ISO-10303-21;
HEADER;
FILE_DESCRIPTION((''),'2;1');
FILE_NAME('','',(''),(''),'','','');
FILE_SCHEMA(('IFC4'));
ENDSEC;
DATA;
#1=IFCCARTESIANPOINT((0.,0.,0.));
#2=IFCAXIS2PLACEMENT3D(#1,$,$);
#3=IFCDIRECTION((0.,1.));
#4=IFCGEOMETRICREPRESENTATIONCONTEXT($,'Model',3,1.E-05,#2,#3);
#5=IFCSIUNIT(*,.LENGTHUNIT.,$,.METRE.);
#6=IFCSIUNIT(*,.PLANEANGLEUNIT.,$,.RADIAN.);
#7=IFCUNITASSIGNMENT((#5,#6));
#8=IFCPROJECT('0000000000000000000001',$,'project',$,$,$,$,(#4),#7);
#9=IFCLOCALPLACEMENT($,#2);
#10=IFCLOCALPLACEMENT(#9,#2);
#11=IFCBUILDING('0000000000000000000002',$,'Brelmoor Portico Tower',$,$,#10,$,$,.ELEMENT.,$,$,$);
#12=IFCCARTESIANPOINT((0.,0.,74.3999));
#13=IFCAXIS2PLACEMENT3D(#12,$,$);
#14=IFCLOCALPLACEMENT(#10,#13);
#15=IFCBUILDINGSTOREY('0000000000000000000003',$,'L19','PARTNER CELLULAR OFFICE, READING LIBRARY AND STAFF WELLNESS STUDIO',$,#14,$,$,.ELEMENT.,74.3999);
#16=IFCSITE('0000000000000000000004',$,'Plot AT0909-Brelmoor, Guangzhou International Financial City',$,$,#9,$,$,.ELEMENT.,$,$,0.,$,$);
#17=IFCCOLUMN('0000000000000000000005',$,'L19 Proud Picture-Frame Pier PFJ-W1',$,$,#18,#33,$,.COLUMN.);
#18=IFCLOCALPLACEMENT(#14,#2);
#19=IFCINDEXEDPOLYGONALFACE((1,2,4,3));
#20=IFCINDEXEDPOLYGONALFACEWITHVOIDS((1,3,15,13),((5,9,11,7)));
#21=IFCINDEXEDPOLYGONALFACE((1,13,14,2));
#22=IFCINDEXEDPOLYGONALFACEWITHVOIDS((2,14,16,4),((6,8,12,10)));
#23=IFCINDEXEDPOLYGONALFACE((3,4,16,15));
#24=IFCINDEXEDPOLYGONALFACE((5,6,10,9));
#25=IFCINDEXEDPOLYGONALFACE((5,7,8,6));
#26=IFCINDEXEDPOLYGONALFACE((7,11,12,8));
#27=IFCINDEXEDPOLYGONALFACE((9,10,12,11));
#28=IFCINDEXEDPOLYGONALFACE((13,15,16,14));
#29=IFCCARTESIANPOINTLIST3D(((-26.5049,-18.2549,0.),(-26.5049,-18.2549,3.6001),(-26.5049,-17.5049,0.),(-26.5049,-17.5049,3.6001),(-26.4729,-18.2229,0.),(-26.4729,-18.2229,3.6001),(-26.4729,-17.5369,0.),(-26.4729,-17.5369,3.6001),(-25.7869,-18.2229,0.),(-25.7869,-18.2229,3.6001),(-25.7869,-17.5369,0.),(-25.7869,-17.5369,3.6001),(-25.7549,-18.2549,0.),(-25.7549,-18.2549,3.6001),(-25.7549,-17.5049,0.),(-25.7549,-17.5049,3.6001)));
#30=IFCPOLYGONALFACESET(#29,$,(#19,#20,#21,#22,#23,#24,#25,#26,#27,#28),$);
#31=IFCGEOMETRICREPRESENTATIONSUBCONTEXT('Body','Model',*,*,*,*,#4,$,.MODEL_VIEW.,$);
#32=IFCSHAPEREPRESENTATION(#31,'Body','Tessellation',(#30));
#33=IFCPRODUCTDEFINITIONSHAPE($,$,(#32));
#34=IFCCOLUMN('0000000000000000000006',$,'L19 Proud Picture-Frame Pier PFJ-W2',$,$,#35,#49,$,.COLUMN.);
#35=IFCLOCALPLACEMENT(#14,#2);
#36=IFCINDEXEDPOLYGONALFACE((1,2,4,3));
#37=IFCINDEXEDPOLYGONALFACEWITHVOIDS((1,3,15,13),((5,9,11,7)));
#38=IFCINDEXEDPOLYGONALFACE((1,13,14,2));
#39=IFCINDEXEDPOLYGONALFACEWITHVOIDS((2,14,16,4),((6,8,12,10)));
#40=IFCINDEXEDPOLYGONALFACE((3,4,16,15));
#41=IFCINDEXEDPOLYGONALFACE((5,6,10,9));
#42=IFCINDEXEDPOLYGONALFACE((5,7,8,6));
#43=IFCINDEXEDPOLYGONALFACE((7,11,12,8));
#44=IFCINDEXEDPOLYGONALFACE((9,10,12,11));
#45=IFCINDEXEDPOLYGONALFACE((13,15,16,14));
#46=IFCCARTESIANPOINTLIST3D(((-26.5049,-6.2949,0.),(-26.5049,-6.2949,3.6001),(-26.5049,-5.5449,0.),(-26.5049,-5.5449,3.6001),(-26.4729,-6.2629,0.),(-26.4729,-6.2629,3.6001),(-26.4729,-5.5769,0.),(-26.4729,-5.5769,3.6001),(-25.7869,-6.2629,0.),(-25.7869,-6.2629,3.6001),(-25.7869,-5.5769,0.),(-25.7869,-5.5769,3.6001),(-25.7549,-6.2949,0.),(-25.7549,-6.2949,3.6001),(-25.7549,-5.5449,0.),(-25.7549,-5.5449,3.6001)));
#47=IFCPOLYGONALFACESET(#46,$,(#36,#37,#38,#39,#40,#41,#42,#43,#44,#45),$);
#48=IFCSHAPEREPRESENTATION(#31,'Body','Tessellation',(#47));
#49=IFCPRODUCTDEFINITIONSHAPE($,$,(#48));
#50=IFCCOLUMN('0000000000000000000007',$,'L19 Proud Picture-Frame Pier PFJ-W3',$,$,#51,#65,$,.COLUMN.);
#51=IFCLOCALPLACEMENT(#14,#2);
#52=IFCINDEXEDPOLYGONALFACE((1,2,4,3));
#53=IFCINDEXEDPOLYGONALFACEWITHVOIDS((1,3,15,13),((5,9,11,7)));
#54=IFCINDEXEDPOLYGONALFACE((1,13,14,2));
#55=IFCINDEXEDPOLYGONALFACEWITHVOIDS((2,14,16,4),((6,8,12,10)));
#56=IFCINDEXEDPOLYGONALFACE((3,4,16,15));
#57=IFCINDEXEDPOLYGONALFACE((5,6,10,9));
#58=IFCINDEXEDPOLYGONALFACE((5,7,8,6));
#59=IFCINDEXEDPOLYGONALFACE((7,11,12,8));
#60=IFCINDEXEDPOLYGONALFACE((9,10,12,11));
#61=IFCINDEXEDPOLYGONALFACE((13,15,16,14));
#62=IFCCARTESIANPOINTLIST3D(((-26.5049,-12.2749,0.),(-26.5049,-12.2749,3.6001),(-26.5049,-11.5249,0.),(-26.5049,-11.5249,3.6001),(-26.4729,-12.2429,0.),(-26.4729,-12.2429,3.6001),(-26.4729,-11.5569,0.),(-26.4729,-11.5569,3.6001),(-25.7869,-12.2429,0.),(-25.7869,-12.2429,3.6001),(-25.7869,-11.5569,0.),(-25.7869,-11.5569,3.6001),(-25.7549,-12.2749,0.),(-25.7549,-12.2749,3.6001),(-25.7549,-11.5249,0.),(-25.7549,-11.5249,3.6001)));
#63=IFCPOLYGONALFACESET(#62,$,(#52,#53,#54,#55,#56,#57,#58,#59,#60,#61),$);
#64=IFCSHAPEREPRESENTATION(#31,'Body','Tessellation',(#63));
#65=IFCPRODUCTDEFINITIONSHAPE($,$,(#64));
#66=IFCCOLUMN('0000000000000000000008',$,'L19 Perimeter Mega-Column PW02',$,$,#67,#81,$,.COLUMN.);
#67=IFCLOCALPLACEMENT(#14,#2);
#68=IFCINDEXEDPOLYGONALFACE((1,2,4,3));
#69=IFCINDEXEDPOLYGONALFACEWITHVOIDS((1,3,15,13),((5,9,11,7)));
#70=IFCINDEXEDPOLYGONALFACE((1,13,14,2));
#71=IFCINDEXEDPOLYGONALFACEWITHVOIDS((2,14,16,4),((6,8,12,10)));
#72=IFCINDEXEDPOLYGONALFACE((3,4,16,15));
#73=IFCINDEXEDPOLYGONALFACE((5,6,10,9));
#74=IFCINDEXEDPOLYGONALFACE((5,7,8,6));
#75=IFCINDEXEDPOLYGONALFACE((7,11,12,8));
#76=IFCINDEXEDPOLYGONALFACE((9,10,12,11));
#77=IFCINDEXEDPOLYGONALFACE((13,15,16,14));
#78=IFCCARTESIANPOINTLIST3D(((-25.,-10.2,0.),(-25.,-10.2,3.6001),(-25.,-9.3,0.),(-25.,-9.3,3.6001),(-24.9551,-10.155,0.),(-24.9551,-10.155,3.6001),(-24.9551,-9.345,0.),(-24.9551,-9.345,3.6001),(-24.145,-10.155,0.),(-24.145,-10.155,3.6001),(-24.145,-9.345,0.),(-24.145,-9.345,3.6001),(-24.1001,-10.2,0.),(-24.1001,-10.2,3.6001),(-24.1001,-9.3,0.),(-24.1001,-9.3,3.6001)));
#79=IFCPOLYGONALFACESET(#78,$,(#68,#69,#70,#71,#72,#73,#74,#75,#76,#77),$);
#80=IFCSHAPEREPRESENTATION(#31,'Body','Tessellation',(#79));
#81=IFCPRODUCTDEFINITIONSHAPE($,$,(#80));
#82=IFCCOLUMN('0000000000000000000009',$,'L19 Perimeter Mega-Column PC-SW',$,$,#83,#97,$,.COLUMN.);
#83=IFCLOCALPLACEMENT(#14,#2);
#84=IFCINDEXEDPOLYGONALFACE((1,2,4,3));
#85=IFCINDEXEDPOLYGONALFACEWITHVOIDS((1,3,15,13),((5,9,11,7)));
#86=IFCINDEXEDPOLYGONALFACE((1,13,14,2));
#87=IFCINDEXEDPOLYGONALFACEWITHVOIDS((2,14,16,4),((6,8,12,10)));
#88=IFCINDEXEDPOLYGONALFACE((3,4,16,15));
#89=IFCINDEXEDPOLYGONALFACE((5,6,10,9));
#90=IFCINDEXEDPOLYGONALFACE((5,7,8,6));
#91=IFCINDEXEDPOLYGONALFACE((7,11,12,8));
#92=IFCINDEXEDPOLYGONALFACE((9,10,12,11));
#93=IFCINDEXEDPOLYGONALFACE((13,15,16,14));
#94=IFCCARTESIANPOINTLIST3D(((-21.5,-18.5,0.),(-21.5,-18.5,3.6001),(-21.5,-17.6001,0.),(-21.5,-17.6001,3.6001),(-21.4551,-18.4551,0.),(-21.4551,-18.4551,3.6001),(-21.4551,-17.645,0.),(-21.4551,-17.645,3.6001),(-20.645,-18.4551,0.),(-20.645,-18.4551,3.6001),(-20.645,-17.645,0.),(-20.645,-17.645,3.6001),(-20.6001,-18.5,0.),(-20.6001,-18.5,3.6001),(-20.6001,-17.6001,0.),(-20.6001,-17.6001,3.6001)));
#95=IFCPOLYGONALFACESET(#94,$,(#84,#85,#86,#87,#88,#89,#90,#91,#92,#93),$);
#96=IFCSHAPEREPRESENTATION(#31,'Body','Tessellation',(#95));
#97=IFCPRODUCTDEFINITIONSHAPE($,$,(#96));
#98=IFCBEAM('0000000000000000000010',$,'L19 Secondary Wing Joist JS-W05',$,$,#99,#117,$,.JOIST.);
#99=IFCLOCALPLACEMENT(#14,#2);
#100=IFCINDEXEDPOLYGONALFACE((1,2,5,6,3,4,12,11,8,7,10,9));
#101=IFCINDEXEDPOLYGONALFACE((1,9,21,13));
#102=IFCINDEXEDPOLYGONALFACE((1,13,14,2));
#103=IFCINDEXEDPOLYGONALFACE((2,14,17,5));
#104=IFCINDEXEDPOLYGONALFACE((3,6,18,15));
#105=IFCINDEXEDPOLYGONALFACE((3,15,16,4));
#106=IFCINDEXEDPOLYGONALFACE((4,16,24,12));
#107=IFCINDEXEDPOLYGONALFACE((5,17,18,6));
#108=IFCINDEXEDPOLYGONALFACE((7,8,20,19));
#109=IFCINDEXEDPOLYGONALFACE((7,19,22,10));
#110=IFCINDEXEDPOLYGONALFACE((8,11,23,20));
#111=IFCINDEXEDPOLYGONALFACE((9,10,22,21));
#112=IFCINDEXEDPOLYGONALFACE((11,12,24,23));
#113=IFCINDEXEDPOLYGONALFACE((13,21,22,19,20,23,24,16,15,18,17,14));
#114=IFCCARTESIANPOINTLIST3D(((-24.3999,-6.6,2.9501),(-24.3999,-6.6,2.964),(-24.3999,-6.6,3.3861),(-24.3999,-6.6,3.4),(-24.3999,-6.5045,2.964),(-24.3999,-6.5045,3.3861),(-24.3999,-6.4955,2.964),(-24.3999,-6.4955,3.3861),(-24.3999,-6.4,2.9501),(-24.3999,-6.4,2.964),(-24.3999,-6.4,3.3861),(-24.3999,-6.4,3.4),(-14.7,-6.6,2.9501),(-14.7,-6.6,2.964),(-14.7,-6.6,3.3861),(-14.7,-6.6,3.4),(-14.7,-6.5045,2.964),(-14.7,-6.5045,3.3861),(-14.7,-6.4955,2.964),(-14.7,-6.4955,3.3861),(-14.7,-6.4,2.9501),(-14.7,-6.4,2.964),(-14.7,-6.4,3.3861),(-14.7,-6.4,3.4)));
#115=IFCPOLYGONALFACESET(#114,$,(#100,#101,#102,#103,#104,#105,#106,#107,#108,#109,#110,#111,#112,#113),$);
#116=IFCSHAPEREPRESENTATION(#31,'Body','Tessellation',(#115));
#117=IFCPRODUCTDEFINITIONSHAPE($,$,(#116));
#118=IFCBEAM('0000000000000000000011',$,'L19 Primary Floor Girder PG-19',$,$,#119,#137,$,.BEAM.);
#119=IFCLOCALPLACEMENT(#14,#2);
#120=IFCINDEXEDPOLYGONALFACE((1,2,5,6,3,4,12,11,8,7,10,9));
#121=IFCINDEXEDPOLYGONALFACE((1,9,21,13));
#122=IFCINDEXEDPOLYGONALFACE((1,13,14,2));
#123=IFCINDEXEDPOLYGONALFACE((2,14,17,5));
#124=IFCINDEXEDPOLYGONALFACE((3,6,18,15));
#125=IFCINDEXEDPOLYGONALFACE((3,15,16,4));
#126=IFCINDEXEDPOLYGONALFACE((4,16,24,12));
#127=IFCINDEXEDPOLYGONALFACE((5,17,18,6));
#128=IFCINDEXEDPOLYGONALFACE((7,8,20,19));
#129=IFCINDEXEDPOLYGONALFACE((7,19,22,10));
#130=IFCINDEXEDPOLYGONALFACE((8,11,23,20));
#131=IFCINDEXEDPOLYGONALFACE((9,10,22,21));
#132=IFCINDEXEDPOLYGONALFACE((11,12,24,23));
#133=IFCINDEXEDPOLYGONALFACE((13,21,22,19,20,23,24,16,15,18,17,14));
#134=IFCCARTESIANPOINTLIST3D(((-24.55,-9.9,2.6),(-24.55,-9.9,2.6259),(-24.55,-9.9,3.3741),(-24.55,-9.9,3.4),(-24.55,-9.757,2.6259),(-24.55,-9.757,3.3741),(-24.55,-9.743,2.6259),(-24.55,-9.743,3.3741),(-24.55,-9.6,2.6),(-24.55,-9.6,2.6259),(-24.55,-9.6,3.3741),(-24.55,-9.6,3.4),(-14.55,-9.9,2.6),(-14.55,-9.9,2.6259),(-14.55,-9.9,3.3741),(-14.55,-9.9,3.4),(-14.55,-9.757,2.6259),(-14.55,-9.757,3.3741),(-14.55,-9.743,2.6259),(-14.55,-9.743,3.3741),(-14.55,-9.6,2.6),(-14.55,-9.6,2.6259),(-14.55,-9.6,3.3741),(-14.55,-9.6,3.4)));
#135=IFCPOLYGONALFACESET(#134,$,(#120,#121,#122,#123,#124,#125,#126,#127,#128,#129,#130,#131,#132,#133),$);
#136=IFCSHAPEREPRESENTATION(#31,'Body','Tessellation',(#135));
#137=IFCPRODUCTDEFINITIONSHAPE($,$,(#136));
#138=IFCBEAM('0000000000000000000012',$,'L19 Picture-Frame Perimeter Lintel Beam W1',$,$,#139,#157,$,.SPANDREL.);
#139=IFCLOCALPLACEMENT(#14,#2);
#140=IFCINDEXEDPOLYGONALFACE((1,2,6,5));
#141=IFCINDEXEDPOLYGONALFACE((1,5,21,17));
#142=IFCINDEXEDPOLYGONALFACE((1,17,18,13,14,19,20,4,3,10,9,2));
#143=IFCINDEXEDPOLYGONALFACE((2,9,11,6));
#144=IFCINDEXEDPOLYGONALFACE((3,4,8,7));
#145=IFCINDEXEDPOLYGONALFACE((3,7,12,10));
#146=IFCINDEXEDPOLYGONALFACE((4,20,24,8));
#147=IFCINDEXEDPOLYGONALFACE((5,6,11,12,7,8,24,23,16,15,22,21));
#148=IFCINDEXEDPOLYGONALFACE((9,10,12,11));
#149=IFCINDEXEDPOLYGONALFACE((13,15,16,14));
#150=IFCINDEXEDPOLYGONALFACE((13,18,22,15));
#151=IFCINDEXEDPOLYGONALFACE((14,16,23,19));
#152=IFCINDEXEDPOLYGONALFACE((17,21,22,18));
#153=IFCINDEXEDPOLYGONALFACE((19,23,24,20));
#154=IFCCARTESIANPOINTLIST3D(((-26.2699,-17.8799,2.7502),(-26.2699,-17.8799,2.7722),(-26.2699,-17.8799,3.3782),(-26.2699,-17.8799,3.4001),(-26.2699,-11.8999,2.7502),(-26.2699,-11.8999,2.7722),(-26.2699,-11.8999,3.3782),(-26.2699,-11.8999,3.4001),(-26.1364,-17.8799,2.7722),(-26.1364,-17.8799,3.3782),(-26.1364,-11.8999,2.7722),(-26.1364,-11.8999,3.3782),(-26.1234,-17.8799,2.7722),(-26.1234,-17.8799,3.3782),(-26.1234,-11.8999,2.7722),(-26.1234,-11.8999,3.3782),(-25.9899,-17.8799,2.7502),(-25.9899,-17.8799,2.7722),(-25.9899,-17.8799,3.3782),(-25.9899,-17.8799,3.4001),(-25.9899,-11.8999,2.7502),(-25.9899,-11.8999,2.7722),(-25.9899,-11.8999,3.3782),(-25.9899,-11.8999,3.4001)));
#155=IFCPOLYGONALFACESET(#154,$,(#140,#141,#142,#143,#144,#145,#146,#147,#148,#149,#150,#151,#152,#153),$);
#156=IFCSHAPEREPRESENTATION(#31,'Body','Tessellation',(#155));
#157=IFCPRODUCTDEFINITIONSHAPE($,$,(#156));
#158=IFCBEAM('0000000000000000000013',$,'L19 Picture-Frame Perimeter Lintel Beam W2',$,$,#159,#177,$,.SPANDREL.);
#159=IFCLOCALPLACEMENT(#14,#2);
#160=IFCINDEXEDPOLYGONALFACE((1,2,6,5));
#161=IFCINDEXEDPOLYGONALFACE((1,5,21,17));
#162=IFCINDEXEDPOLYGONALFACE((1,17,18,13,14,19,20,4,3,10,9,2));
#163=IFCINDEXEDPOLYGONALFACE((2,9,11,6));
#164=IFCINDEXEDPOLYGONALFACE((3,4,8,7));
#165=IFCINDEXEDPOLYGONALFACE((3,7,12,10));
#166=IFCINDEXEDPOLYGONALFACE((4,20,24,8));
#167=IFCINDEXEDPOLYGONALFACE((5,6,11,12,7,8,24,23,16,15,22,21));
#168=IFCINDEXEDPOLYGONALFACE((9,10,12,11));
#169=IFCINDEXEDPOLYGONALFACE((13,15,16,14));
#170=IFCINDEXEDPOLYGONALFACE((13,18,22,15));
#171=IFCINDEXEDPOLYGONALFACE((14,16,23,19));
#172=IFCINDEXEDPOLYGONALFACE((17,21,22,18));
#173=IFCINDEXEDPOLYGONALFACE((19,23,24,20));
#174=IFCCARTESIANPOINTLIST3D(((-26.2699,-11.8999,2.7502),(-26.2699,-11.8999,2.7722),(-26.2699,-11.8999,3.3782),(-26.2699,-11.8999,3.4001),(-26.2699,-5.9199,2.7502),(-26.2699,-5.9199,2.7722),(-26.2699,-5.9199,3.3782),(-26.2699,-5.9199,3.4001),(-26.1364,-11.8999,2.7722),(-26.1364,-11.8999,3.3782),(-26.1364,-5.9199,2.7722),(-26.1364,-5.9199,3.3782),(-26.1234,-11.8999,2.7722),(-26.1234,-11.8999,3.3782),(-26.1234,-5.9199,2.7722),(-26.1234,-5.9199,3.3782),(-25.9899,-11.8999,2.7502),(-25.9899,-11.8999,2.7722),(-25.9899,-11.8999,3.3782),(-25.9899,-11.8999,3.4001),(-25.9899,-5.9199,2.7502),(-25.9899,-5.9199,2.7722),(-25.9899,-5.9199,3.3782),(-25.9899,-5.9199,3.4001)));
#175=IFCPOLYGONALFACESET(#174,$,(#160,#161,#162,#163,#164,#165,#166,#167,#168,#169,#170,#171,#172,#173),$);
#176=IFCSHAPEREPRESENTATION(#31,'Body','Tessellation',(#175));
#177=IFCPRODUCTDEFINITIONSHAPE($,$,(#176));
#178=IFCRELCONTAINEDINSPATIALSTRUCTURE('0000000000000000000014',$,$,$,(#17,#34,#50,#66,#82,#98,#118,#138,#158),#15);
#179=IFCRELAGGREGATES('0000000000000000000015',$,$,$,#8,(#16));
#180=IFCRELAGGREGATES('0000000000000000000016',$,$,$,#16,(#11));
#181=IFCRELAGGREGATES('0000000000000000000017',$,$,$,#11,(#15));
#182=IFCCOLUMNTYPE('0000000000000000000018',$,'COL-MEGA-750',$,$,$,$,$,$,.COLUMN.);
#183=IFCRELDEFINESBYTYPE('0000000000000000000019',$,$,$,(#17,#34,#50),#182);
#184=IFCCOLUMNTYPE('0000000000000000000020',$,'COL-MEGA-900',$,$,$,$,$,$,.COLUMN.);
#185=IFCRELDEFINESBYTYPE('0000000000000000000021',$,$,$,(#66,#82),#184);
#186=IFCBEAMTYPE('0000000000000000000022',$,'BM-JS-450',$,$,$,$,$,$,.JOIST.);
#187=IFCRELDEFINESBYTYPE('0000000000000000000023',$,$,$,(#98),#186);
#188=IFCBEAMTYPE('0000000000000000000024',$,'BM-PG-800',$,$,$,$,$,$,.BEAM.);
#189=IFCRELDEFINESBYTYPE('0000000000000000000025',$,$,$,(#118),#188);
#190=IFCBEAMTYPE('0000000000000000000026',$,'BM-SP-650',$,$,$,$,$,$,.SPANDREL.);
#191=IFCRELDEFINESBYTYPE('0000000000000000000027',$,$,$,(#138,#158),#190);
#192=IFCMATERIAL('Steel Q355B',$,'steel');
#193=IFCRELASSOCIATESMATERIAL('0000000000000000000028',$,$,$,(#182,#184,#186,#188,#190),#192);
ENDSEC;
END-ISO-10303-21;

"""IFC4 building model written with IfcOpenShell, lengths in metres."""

from ifc_helpers import new_model, si_unit, direction, frame, origin, origin_2d, place, context, subcontext, project, spatial, hollow_rectangle, i_section, extrude, material, material_profile, profile_set, type_object, element, save


model = new_model("IFC4")

# Units and contexts
model_context = context("Model", 3, precision=1e-05, world=origin(), true_north=direction((0.0, 1.0)))
body_context = subcontext(model_context, "Body", "Model", "MODEL_VIEW")
ifc_project = project(units=[si_unit("LENGTHUNIT", "METRE"), si_unit("PLANEANGLEUNIT", "RADIAN")], contexts=[model_context])

# Site, building, storey
site_placement = place(None, origin())
site = spatial("IfcSite", under=ifc_project, at=site_placement, Name="Plot AT0909-Brelmoor, Guangzhou International Financial City", CompositionType="ELEMENT", RefElevation=0.0)
building_placement = place(site_placement, origin())
building = spatial("IfcBuilding", under=site, at=building_placement, Name="Brelmoor Portico Tower", CompositionType="ELEMENT")
storey_placement = place(building_placement, frame((0.0, 0.0, 74.3999)))
storey = spatial("IfcBuildingStorey", under=building, at=storey_placement, Name="L19", Description="PARTNER CELLULAR OFFICE, READING LIBRARY AND STAFF WELLNESS STUDIO", CompositionType="ELEMENT", Elevation=74.3999)

# Columns
ifc_material_1 = material(Name="Steel Q355B", Category="steel")
ifc_material_profile_1 = material_profile(ifc_material_1, hollow_rectangle(XDim=0.75, YDim=0.75, WallThickness=0.032, at=origin_2d()), Name="BOX 750x750x32")
ifc_profile_set_1 = profile_set([ifc_material_profile_1], Name="Steel Q355B")
column_type_1 = type_object("IfcColumnType", Name="COL-MEGA-750", PredefinedType="COLUMN", material=ifc_profile_set_1)
for number, where, z_axis, x_axis, name in (
    (1, (-26.1299, -17.8799, 0.0), (0.0, 0.0, 1.0), (0.0, 1.0, 0.0), "L19 Proud Picture-Frame Pier PFJ-W1"),
    (2, (-26.1299, -5.9199, 0.0), (0.0, 0.0, 1.0), (0.0, 1.0, 0.0), "L19 Proud Picture-Frame Pier PFJ-W2"),
    (3, (-26.1299, -11.8999, 0.0), (0.0, 0.0, 1.0), (0.0, 1.0, 0.0), "L19 Proud Picture-Frame Pier PFJ-W3"),
):
    element("IfcColumn", number, at=place(storey_placement, frame(where, z_axis=z_axis, x_axis=x_axis)), inside=storey, type_object=column_type_1, Name=name, PredefinedType="COLUMN", context=body_context, shape_type="SweptSolid", body=[
        extrude(hollow_rectangle(XDim=0.75, YDim=0.75, WallThickness=0.032, at=origin_2d()), origin(), (0.0, 0.0, 1.0), 3.6001),
    ])
ifc_material_profile_2 = material_profile(ifc_material_1, hollow_rectangle(XDim=0.8999, YDim=0.8999, WallThickness=0.0449, at=origin_2d()), Name="BOX 900x900x45")
ifc_profile_set_2 = profile_set([ifc_material_profile_2], Name="Steel Q355B")
column_type_2 = type_object("IfcColumnType", Name="COL-MEGA-900", PredefinedType="COLUMN", material=ifc_profile_set_2)
for number, where, z_axis, x_axis, name in (
    (4, (-24.55, -9.75, 0.0), (0.0, 0.0, 1.0), (0.0, 1.0, 0.0), "L19 Perimeter Mega-Column PW02"),
    (5, (-21.05, -18.05, 0.0), (0.0, 0.0, 1.0), (1.0, 0.0, 0.0), "L19 Perimeter Mega-Column PC-SW"),
):
    element("IfcColumn", number, at=place(storey_placement, frame(where, z_axis=z_axis, x_axis=x_axis)), inside=storey, type_object=column_type_2, Name=name, PredefinedType="COLUMN", context=body_context, shape_type="SweptSolid", body=[
        extrude(hollow_rectangle(XDim=0.8999, YDim=0.8999, WallThickness=0.0449, at=origin_2d()), origin(), (0.0, 0.0, 1.0), 3.6001),
    ])

# Beams
ifc_material_profile_3 = material_profile(ifc_material_1, i_section(OverallWidth=0.2, OverallDepth=0.45, WebThickness=0.009, FlangeThickness=0.0139, at=origin_2d()), Name="HN 450x200x9x14")
ifc_profile_set_3 = profile_set([ifc_material_profile_3], Name="Steel Q355B")
beam_type_1 = type_object("IfcBeamType", Name="BM-JS-450", PredefinedType="JOIST", material=ifc_profile_set_3)
beam_1_placement = place(storey_placement, frame((-24.3999, -6.5, 3.175), z_axis=(1.0, 0.0, 0.0), x_axis=(0.0, 1.0, 0.0)))
element("IfcBeam", 6, at=beam_1_placement, inside=storey, type_object=beam_type_1, Name="L19 Secondary Wing Joist JS-W05", PredefinedType="JOIST", context=body_context, shape_type="SweptSolid", body=[
    extrude(i_section(OverallWidth=0.2, OverallDepth=0.45, WebThickness=0.009, FlangeThickness=0.0139, at=origin_2d()), origin(), (0.0, 0.0, 1.0), 9.7),
])
ifc_material_profile_4 = material_profile(ifc_material_1, i_section(OverallWidth=0.3, OverallDepth=0.8, WebThickness=0.0139, FlangeThickness=0.0259, at=origin_2d()), Name="HN 800x300x14x26")
ifc_profile_set_4 = profile_set([ifc_material_profile_4], Name="Steel Q355B")
beam_type_2 = type_object("IfcBeamType", Name="BM-PG-800", PredefinedType="BEAM", material=ifc_profile_set_4)
beam_2_placement = place(storey_placement, frame((-24.55, -9.75, 3.0), z_axis=(1.0, 0.0, 0.0), x_axis=(0.0, 1.0, 0.0)))
element("IfcBeam", 7, at=beam_2_placement, inside=storey, type_object=beam_type_2, Name="L19 Primary Floor Girder PG-19", PredefinedType="BEAM", context=body_context, shape_type="SweptSolid", body=[
    extrude(i_section(OverallWidth=0.3, OverallDepth=0.8, WebThickness=0.0139, FlangeThickness=0.0259, at=origin_2d()), origin(), (0.0, 0.0, 1.0), 10.0),
])
ifc_material_profile_5 = material_profile(ifc_material_1, i_section(OverallWidth=0.28, OverallDepth=0.6499, WebThickness=0.0129, FlangeThickness=0.022, at=origin_2d()), Name="HN 650x280x13x22")
ifc_profile_set_5 = profile_set([ifc_material_profile_5], Name="Steel Q355B")
beam_type_3 = type_object("IfcBeamType", Name="BM-SP-650", PredefinedType="SPANDREL", material=ifc_profile_set_5)
for number, where, z_axis, x_axis, name in (
    (8, (-26.1299, -17.8799, 3.0752), (0.0, 1.0, 0.0), (-1.0, 0.0, 0.0), "L19 Picture-Frame Perimeter Lintel Beam W1"),
    (9, (-26.1299, -11.8999, 3.0752), (0.0, 1.0, 0.0), (-1.0, 0.0, 0.0), "L19 Picture-Frame Perimeter Lintel Beam W2"),
):
    element("IfcBeam", number, at=place(storey_placement, frame(where, z_axis=z_axis, x_axis=x_axis)), inside=storey, type_object=beam_type_3, Name=name, PredefinedType="SPANDREL", context=body_context, shape_type="SweptSolid", body=[
        extrude(i_section(OverallWidth=0.28, OverallDepth=0.6499, WebThickness=0.0129, FlangeThickness=0.022, at=origin_2d()), origin(), (0.0, 0.0, 1.0), 5.98),
    ])

save(model, "model.ifc")
